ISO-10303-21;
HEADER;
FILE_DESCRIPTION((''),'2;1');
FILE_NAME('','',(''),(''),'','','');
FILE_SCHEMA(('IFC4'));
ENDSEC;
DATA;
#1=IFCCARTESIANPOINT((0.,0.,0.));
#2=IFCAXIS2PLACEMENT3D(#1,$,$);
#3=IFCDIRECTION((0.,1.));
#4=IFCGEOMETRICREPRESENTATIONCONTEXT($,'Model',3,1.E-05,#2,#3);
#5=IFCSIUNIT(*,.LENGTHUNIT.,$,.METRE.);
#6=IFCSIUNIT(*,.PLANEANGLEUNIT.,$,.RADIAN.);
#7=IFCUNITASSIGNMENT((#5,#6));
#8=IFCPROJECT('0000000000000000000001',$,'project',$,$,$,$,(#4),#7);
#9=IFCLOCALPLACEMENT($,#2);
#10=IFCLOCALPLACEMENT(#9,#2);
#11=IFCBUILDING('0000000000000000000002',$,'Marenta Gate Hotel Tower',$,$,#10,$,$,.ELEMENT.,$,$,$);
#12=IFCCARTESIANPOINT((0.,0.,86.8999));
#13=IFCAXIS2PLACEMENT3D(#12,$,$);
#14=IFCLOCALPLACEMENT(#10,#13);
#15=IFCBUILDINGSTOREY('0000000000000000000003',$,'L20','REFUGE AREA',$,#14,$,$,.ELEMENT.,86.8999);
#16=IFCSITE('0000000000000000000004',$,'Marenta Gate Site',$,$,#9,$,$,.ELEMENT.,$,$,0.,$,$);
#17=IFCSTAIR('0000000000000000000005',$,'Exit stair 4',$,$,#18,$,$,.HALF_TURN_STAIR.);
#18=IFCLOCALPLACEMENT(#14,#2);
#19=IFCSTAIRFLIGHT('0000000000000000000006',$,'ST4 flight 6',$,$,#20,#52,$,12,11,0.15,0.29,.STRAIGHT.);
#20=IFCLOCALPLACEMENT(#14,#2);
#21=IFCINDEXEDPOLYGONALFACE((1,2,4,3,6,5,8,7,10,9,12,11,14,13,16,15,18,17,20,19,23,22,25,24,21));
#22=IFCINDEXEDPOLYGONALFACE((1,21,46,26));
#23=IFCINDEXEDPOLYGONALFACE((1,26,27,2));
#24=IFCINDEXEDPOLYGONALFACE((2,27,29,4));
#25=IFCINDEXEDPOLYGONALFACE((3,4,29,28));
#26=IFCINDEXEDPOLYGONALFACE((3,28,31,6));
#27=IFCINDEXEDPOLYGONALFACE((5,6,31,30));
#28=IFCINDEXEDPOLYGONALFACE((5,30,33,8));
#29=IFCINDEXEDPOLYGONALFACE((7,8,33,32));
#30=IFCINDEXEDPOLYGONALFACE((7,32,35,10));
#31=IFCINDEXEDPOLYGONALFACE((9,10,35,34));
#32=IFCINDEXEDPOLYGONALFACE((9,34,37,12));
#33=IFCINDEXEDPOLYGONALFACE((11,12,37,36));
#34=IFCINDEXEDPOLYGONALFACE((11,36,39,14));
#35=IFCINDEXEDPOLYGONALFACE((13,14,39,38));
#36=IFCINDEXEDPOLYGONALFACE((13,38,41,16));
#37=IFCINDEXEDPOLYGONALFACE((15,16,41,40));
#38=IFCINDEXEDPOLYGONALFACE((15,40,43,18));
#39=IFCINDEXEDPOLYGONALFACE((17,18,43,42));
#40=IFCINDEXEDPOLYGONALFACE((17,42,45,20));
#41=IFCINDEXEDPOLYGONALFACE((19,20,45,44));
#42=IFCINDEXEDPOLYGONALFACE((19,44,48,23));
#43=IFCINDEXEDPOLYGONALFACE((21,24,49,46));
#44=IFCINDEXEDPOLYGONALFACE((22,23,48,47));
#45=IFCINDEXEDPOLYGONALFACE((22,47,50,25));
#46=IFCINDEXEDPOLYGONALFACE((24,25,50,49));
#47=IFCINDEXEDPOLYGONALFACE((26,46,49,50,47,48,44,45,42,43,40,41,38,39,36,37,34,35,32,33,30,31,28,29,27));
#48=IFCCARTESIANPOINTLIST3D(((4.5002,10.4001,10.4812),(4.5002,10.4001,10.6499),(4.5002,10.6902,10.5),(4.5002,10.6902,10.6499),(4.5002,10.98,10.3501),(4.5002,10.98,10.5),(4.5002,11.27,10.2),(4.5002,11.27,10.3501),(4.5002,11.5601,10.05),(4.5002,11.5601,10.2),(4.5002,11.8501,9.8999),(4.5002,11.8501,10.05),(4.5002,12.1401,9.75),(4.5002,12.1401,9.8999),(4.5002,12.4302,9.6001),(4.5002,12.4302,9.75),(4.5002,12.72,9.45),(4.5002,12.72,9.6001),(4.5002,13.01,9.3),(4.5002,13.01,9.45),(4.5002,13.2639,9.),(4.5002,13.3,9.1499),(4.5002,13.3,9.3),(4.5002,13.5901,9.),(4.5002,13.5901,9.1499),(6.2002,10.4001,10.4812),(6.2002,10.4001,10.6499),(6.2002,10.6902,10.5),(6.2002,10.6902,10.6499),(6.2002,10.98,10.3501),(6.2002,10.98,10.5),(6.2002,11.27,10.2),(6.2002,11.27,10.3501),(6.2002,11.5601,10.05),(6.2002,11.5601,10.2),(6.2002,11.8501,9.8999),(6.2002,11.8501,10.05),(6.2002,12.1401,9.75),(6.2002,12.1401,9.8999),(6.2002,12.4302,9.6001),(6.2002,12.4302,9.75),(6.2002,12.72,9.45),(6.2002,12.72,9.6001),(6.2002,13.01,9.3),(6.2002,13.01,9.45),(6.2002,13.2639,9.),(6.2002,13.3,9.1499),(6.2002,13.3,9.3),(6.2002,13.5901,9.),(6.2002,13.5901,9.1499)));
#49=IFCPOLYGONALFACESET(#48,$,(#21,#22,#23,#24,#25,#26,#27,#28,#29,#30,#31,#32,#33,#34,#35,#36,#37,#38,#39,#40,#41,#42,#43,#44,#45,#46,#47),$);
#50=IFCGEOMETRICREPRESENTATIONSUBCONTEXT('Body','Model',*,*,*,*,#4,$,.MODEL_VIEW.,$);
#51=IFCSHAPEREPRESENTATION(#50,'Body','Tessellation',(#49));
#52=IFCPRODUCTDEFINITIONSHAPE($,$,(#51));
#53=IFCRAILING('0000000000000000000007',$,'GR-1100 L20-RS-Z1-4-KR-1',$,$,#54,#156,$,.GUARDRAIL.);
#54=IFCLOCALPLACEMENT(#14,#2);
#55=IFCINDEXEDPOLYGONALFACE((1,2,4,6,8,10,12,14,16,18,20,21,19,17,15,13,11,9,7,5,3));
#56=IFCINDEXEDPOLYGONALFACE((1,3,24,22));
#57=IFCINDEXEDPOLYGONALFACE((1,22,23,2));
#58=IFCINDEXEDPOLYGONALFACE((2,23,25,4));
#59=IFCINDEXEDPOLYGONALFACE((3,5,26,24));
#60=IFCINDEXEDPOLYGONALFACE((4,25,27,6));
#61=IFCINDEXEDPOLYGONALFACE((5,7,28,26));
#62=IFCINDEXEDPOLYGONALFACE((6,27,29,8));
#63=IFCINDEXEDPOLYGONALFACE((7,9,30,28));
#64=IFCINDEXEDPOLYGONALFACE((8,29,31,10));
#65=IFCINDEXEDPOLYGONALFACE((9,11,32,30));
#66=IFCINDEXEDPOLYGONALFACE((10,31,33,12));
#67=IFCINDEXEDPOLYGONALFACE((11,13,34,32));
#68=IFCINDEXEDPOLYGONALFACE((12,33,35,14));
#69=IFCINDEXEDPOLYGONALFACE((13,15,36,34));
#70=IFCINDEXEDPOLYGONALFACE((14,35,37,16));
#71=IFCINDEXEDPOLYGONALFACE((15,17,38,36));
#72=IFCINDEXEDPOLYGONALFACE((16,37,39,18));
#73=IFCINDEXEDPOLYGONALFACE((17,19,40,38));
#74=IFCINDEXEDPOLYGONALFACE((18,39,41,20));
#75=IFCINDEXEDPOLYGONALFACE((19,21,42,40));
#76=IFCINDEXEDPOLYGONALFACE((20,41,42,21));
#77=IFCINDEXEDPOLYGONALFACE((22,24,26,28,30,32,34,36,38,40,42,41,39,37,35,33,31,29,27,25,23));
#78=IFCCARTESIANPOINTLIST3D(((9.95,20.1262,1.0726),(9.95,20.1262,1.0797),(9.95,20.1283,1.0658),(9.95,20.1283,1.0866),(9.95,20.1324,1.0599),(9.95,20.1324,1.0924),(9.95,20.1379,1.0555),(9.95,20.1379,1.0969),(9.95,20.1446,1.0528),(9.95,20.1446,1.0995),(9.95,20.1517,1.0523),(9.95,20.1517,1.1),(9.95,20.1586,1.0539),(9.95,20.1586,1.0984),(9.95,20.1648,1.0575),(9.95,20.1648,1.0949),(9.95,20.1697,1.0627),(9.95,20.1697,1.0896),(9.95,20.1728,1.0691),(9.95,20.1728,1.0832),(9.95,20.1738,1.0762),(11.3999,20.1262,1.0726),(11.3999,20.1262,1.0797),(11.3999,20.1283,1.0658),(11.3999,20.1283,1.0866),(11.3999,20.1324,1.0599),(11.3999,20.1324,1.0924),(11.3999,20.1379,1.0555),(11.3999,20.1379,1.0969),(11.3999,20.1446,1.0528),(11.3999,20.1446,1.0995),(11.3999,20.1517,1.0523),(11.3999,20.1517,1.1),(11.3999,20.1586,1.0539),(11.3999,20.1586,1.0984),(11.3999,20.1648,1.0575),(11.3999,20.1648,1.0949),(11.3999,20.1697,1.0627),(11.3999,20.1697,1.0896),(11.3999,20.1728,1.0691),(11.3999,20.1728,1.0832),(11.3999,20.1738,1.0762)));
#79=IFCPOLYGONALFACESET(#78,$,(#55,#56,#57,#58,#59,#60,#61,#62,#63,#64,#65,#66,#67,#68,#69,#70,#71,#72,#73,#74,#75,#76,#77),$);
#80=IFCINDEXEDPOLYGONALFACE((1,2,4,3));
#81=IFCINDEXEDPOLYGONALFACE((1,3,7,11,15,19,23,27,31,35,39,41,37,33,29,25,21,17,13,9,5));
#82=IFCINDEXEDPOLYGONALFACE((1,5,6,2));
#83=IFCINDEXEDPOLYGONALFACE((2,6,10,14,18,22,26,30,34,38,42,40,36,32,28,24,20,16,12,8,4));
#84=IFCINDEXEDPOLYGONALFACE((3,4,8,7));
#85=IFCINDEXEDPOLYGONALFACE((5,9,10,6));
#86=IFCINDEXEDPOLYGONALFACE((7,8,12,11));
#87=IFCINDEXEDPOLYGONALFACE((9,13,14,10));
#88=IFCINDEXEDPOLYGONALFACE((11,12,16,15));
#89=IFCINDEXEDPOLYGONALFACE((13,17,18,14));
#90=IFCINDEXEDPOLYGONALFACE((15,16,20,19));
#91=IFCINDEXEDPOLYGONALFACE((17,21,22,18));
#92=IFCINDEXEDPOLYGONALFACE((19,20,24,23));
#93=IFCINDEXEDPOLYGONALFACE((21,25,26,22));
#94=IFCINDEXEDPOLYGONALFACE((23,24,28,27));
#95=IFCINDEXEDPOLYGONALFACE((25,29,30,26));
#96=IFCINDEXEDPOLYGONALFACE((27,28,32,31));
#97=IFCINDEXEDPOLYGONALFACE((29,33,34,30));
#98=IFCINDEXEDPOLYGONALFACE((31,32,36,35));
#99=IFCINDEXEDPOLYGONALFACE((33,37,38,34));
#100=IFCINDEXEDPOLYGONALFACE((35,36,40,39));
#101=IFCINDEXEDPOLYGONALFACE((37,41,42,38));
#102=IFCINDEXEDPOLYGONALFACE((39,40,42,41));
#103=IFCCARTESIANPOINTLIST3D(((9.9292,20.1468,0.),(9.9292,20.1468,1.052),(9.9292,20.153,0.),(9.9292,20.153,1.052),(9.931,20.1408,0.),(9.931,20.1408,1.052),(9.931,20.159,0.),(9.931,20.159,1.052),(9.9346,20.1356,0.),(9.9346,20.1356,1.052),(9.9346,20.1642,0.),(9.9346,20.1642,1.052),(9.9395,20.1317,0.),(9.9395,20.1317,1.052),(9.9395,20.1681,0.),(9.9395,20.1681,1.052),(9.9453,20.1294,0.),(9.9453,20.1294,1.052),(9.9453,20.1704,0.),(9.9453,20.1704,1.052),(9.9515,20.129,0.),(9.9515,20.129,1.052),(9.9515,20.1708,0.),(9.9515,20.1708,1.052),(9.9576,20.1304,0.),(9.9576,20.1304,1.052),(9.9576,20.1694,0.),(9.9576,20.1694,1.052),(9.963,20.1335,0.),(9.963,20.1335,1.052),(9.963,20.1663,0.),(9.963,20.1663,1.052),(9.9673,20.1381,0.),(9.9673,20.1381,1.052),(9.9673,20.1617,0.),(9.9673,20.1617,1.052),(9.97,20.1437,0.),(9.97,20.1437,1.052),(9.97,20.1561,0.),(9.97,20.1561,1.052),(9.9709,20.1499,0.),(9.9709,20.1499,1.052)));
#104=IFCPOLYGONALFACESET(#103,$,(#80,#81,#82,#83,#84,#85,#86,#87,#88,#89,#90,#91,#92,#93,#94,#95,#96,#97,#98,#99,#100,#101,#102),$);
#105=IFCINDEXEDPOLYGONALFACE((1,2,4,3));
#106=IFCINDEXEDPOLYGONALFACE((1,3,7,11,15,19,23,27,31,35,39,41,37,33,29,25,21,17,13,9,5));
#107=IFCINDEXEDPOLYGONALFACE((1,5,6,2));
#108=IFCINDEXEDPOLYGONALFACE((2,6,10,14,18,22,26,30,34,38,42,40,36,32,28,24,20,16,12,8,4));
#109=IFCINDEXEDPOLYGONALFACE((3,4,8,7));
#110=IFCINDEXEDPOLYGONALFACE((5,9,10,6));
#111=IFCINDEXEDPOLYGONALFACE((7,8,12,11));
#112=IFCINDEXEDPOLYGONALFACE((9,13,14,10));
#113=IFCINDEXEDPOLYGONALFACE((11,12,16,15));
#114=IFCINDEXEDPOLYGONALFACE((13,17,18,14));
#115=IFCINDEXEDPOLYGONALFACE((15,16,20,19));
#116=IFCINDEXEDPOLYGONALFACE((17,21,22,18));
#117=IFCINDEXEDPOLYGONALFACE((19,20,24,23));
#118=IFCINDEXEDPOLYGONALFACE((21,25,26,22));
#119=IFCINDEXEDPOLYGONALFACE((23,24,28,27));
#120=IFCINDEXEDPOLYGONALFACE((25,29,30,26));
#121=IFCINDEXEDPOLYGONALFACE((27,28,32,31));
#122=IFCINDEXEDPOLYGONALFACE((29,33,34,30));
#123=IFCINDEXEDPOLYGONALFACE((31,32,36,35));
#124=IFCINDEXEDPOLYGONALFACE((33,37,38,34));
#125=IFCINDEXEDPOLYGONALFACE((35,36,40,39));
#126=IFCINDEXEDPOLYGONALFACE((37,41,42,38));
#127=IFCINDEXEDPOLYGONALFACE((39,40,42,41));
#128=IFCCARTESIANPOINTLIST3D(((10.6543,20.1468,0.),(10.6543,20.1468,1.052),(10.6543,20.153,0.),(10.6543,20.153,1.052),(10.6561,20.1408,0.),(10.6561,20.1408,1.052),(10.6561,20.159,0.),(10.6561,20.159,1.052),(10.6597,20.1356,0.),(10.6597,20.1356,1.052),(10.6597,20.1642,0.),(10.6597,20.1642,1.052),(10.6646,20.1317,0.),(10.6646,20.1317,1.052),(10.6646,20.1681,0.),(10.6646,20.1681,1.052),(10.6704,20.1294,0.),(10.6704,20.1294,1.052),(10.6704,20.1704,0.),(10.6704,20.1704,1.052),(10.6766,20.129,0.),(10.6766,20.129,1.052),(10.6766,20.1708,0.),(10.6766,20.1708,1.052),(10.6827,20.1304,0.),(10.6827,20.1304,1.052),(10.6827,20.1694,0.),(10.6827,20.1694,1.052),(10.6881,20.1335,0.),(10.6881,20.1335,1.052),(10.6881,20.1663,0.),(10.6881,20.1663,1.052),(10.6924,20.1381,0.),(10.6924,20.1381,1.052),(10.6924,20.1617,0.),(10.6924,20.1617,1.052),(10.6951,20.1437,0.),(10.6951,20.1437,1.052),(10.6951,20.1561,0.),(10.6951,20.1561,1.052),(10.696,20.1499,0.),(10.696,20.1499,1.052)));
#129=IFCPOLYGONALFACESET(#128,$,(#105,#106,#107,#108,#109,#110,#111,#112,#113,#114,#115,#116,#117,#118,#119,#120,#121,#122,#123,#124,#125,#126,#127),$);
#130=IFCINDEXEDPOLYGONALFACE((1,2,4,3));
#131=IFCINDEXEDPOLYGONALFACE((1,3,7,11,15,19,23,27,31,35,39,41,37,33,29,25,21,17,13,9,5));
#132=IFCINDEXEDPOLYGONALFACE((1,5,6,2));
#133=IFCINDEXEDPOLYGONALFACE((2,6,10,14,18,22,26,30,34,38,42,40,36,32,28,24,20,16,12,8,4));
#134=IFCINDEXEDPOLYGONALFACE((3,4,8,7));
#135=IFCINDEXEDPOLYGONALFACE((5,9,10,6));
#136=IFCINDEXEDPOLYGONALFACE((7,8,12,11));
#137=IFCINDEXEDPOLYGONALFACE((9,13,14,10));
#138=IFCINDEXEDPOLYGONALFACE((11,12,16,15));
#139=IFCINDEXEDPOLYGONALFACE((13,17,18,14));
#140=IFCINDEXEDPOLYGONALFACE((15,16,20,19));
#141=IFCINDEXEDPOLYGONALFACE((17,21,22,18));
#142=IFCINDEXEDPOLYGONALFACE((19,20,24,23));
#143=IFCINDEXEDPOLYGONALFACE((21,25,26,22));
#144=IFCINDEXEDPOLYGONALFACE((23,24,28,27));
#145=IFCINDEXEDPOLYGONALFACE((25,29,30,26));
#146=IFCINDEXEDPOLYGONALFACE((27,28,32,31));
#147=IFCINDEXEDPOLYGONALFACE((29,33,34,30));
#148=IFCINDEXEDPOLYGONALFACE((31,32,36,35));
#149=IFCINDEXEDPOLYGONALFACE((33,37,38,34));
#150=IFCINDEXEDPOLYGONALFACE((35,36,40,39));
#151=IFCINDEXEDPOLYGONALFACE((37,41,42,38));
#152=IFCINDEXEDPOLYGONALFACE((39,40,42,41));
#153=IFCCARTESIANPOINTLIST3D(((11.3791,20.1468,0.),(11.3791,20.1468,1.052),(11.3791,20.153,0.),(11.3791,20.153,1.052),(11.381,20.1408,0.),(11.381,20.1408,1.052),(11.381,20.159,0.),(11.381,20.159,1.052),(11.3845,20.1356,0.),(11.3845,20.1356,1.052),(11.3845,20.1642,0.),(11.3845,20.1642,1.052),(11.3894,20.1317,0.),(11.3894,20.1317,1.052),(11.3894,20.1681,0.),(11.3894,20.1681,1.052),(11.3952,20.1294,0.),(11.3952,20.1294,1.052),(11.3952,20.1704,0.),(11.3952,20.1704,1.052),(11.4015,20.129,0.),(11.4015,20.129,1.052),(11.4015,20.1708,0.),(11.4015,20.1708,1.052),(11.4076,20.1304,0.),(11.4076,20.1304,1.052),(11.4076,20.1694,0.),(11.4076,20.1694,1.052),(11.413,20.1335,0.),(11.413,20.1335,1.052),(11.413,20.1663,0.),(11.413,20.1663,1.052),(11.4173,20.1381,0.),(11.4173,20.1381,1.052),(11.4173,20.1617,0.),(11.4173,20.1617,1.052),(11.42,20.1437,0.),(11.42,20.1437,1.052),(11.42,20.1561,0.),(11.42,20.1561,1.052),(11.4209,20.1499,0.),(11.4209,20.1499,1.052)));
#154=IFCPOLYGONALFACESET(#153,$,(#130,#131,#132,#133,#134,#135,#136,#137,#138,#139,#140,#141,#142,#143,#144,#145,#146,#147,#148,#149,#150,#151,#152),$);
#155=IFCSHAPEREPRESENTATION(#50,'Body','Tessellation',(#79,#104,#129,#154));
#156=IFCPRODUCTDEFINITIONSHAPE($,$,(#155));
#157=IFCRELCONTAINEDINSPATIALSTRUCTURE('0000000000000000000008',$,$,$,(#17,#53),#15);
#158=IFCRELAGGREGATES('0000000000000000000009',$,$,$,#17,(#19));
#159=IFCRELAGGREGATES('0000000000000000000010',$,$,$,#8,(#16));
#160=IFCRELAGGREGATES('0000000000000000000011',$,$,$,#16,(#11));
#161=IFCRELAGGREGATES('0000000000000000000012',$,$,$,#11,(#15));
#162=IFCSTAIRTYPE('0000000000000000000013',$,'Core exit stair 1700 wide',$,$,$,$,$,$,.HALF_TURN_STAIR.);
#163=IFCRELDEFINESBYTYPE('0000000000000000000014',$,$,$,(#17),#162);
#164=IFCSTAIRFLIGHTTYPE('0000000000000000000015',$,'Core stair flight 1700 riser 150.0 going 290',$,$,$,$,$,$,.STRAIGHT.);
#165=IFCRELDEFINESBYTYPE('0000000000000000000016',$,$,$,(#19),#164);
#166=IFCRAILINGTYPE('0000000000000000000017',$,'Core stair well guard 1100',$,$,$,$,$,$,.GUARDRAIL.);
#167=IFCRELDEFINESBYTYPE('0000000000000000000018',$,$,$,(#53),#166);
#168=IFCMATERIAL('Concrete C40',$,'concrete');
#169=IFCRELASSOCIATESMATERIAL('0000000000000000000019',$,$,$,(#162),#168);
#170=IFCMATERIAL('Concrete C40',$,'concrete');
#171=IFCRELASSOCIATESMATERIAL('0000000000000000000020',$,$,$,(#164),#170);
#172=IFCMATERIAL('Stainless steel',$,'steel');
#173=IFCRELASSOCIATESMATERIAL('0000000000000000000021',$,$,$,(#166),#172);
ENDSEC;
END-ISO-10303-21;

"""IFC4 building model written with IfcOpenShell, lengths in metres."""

from ifc_helpers import new_model, si_unit, direction, frame, origin, origin_2d, place, context, subcontext, project, spatial, polyline, circle, outline, extrude, material, type_object, element, aggregate, save


model = new_model("IFC4")

# Units and contexts
model_context = context("Model", 3, precision=1e-05, world=origin(), true_north=direction((0.0, 1.0)))
body_context = subcontext(model_context, "Body", "Model", "MODEL_VIEW")
ifc_project = project(units=[si_unit("LENGTHUNIT", "METRE"), si_unit("PLANEANGLEUNIT", "RADIAN")], contexts=[model_context])

# Site, building, storey
site_placement = place(None, origin())
site = spatial("IfcSite", under=ifc_project, at=site_placement, Name="Marenta Gate Site", CompositionType="ELEMENT", RefElevation=0.0)
building_placement = place(site_placement, origin())
building = spatial("IfcBuilding", under=site, at=building_placement, Name="Marenta Gate Hotel Tower", CompositionType="ELEMENT")
storey_placement = place(building_placement, frame((0.0, 0.0, 86.8999)))
storey = spatial("IfcBuildingStorey", under=building, at=storey_placement, Name="L20", Description="REFUGE AREA", CompositionType="ELEMENT", Elevation=86.8999)

# Stair, stair flight
ifc_material_1 = material(Name="Concrete C40", Category="concrete")
stair_type = type_object("IfcStairType", Name="Core exit stair 1700 wide", PredefinedType="HALF_TURN_STAIR", material=ifc_material_1)
stair_placement = place(storey_placement, origin())
stair = element("IfcStair", 1, at=stair_placement, inside=storey, type_object=stair_type, Name="Exit stair 4", PredefinedType="HALF_TURN_STAIR")
ifc_material_2 = material(Name="Concrete C40", Category="concrete")
stair_flight_type = type_object("IfcStairFlightType", Name="Core stair flight 1700 riser 150.0 going 290", PredefinedType="STRAIGHT", material=ifc_material_2)
stair_flight_1_placement = place(storey_placement, frame((5.3501, 13.5901, 9.0), z_axis=(0.0, 0.0, 1.0), x_axis=(0.0, -1.0, 0.0)))
stair_flight_1 = element("IfcStairFlight", 2, at=stair_flight_1_placement, type_object=stair_flight_type, Name="ST4 flight 6", NumberOfRisers=12, NumberOfTreads=11, PredefinedType="STRAIGHT", RiserHeight=0.15, TreadLength=0.29, context=body_context, shape_type="SweptSolid", body=[
    extrude(outline(polyline([(0.0, 0.0), (0.0, 0.1499), (0.29, 0.1499), (0.29, 0.3), (0.5801, 0.3), (0.5801, 0.45), (0.8701, 0.45), (0.8701, 0.6001), (1.1599, 0.6001), (1.1599, 0.75), (1.45, 0.75), (1.45, 0.8999), (1.74, 0.8999), (1.74, 1.05), (2.03, 1.05), (2.03, 1.2), (2.3201, 1.2), (2.3201, 1.3501), (2.6101, 1.3501), (2.6101, 1.5), (2.8999, 1.5), (2.8999, 1.6499), (3.1899, 1.6499), (3.1899, 1.8), (3.1899, 1.4812), (0.3262, 0.0), (0.0, 0.0)])), frame((0.0, 0.8501, 0.0), z_axis=(0.0, -1.0, 0.0), x_axis=(1.0, 0.0, 0.0)), (0.0, 0.0, 1.0), 1.7),
])
aggregate(stair, [stair_flight_1])

# Railing
ifc_material_3 = material(Name="Stainless steel", Category="steel")
railing_type = type_object("IfcRailingType", Name="Core stair well guard 1100", PredefinedType="GUARDRAIL", material=ifc_material_3)
railing_placement = place(storey_placement, frame((9.95, 20.1499, 0.0)))
element("IfcRailing", 3, at=railing_placement, inside=storey, type_object=railing_type, Name="GR-1100 L20-RS-Z1-4-KR-1", PredefinedType="GUARDRAIL", context=body_context, shape_type="SweptSolid", body=[
    extrude(circle(Radius=0.0239, at=origin_2d()), frame((0.0, 0.0, 1.0762), z_axis=(1.0, 0.0, 0.0), x_axis=(0.0, 1.0, 0.0)), (0.0, 0.0, 1.0), 1.45),
    extrude(circle(Radius=0.021, at=origin_2d()), origin(), (0.0, 0.0, 1.0), 1.052),
    extrude(circle(Radius=0.021, at=origin_2d()), frame((0.7251, 0.0, 0.0)), (0.0, 0.0, 1.0), 1.052),
    extrude(circle(Radius=0.021, at=origin_2d()), frame((1.45, 0.0, 0.0)), (0.0, 0.0, 1.0), 1.052),
])

save(model, "model.ifc")
